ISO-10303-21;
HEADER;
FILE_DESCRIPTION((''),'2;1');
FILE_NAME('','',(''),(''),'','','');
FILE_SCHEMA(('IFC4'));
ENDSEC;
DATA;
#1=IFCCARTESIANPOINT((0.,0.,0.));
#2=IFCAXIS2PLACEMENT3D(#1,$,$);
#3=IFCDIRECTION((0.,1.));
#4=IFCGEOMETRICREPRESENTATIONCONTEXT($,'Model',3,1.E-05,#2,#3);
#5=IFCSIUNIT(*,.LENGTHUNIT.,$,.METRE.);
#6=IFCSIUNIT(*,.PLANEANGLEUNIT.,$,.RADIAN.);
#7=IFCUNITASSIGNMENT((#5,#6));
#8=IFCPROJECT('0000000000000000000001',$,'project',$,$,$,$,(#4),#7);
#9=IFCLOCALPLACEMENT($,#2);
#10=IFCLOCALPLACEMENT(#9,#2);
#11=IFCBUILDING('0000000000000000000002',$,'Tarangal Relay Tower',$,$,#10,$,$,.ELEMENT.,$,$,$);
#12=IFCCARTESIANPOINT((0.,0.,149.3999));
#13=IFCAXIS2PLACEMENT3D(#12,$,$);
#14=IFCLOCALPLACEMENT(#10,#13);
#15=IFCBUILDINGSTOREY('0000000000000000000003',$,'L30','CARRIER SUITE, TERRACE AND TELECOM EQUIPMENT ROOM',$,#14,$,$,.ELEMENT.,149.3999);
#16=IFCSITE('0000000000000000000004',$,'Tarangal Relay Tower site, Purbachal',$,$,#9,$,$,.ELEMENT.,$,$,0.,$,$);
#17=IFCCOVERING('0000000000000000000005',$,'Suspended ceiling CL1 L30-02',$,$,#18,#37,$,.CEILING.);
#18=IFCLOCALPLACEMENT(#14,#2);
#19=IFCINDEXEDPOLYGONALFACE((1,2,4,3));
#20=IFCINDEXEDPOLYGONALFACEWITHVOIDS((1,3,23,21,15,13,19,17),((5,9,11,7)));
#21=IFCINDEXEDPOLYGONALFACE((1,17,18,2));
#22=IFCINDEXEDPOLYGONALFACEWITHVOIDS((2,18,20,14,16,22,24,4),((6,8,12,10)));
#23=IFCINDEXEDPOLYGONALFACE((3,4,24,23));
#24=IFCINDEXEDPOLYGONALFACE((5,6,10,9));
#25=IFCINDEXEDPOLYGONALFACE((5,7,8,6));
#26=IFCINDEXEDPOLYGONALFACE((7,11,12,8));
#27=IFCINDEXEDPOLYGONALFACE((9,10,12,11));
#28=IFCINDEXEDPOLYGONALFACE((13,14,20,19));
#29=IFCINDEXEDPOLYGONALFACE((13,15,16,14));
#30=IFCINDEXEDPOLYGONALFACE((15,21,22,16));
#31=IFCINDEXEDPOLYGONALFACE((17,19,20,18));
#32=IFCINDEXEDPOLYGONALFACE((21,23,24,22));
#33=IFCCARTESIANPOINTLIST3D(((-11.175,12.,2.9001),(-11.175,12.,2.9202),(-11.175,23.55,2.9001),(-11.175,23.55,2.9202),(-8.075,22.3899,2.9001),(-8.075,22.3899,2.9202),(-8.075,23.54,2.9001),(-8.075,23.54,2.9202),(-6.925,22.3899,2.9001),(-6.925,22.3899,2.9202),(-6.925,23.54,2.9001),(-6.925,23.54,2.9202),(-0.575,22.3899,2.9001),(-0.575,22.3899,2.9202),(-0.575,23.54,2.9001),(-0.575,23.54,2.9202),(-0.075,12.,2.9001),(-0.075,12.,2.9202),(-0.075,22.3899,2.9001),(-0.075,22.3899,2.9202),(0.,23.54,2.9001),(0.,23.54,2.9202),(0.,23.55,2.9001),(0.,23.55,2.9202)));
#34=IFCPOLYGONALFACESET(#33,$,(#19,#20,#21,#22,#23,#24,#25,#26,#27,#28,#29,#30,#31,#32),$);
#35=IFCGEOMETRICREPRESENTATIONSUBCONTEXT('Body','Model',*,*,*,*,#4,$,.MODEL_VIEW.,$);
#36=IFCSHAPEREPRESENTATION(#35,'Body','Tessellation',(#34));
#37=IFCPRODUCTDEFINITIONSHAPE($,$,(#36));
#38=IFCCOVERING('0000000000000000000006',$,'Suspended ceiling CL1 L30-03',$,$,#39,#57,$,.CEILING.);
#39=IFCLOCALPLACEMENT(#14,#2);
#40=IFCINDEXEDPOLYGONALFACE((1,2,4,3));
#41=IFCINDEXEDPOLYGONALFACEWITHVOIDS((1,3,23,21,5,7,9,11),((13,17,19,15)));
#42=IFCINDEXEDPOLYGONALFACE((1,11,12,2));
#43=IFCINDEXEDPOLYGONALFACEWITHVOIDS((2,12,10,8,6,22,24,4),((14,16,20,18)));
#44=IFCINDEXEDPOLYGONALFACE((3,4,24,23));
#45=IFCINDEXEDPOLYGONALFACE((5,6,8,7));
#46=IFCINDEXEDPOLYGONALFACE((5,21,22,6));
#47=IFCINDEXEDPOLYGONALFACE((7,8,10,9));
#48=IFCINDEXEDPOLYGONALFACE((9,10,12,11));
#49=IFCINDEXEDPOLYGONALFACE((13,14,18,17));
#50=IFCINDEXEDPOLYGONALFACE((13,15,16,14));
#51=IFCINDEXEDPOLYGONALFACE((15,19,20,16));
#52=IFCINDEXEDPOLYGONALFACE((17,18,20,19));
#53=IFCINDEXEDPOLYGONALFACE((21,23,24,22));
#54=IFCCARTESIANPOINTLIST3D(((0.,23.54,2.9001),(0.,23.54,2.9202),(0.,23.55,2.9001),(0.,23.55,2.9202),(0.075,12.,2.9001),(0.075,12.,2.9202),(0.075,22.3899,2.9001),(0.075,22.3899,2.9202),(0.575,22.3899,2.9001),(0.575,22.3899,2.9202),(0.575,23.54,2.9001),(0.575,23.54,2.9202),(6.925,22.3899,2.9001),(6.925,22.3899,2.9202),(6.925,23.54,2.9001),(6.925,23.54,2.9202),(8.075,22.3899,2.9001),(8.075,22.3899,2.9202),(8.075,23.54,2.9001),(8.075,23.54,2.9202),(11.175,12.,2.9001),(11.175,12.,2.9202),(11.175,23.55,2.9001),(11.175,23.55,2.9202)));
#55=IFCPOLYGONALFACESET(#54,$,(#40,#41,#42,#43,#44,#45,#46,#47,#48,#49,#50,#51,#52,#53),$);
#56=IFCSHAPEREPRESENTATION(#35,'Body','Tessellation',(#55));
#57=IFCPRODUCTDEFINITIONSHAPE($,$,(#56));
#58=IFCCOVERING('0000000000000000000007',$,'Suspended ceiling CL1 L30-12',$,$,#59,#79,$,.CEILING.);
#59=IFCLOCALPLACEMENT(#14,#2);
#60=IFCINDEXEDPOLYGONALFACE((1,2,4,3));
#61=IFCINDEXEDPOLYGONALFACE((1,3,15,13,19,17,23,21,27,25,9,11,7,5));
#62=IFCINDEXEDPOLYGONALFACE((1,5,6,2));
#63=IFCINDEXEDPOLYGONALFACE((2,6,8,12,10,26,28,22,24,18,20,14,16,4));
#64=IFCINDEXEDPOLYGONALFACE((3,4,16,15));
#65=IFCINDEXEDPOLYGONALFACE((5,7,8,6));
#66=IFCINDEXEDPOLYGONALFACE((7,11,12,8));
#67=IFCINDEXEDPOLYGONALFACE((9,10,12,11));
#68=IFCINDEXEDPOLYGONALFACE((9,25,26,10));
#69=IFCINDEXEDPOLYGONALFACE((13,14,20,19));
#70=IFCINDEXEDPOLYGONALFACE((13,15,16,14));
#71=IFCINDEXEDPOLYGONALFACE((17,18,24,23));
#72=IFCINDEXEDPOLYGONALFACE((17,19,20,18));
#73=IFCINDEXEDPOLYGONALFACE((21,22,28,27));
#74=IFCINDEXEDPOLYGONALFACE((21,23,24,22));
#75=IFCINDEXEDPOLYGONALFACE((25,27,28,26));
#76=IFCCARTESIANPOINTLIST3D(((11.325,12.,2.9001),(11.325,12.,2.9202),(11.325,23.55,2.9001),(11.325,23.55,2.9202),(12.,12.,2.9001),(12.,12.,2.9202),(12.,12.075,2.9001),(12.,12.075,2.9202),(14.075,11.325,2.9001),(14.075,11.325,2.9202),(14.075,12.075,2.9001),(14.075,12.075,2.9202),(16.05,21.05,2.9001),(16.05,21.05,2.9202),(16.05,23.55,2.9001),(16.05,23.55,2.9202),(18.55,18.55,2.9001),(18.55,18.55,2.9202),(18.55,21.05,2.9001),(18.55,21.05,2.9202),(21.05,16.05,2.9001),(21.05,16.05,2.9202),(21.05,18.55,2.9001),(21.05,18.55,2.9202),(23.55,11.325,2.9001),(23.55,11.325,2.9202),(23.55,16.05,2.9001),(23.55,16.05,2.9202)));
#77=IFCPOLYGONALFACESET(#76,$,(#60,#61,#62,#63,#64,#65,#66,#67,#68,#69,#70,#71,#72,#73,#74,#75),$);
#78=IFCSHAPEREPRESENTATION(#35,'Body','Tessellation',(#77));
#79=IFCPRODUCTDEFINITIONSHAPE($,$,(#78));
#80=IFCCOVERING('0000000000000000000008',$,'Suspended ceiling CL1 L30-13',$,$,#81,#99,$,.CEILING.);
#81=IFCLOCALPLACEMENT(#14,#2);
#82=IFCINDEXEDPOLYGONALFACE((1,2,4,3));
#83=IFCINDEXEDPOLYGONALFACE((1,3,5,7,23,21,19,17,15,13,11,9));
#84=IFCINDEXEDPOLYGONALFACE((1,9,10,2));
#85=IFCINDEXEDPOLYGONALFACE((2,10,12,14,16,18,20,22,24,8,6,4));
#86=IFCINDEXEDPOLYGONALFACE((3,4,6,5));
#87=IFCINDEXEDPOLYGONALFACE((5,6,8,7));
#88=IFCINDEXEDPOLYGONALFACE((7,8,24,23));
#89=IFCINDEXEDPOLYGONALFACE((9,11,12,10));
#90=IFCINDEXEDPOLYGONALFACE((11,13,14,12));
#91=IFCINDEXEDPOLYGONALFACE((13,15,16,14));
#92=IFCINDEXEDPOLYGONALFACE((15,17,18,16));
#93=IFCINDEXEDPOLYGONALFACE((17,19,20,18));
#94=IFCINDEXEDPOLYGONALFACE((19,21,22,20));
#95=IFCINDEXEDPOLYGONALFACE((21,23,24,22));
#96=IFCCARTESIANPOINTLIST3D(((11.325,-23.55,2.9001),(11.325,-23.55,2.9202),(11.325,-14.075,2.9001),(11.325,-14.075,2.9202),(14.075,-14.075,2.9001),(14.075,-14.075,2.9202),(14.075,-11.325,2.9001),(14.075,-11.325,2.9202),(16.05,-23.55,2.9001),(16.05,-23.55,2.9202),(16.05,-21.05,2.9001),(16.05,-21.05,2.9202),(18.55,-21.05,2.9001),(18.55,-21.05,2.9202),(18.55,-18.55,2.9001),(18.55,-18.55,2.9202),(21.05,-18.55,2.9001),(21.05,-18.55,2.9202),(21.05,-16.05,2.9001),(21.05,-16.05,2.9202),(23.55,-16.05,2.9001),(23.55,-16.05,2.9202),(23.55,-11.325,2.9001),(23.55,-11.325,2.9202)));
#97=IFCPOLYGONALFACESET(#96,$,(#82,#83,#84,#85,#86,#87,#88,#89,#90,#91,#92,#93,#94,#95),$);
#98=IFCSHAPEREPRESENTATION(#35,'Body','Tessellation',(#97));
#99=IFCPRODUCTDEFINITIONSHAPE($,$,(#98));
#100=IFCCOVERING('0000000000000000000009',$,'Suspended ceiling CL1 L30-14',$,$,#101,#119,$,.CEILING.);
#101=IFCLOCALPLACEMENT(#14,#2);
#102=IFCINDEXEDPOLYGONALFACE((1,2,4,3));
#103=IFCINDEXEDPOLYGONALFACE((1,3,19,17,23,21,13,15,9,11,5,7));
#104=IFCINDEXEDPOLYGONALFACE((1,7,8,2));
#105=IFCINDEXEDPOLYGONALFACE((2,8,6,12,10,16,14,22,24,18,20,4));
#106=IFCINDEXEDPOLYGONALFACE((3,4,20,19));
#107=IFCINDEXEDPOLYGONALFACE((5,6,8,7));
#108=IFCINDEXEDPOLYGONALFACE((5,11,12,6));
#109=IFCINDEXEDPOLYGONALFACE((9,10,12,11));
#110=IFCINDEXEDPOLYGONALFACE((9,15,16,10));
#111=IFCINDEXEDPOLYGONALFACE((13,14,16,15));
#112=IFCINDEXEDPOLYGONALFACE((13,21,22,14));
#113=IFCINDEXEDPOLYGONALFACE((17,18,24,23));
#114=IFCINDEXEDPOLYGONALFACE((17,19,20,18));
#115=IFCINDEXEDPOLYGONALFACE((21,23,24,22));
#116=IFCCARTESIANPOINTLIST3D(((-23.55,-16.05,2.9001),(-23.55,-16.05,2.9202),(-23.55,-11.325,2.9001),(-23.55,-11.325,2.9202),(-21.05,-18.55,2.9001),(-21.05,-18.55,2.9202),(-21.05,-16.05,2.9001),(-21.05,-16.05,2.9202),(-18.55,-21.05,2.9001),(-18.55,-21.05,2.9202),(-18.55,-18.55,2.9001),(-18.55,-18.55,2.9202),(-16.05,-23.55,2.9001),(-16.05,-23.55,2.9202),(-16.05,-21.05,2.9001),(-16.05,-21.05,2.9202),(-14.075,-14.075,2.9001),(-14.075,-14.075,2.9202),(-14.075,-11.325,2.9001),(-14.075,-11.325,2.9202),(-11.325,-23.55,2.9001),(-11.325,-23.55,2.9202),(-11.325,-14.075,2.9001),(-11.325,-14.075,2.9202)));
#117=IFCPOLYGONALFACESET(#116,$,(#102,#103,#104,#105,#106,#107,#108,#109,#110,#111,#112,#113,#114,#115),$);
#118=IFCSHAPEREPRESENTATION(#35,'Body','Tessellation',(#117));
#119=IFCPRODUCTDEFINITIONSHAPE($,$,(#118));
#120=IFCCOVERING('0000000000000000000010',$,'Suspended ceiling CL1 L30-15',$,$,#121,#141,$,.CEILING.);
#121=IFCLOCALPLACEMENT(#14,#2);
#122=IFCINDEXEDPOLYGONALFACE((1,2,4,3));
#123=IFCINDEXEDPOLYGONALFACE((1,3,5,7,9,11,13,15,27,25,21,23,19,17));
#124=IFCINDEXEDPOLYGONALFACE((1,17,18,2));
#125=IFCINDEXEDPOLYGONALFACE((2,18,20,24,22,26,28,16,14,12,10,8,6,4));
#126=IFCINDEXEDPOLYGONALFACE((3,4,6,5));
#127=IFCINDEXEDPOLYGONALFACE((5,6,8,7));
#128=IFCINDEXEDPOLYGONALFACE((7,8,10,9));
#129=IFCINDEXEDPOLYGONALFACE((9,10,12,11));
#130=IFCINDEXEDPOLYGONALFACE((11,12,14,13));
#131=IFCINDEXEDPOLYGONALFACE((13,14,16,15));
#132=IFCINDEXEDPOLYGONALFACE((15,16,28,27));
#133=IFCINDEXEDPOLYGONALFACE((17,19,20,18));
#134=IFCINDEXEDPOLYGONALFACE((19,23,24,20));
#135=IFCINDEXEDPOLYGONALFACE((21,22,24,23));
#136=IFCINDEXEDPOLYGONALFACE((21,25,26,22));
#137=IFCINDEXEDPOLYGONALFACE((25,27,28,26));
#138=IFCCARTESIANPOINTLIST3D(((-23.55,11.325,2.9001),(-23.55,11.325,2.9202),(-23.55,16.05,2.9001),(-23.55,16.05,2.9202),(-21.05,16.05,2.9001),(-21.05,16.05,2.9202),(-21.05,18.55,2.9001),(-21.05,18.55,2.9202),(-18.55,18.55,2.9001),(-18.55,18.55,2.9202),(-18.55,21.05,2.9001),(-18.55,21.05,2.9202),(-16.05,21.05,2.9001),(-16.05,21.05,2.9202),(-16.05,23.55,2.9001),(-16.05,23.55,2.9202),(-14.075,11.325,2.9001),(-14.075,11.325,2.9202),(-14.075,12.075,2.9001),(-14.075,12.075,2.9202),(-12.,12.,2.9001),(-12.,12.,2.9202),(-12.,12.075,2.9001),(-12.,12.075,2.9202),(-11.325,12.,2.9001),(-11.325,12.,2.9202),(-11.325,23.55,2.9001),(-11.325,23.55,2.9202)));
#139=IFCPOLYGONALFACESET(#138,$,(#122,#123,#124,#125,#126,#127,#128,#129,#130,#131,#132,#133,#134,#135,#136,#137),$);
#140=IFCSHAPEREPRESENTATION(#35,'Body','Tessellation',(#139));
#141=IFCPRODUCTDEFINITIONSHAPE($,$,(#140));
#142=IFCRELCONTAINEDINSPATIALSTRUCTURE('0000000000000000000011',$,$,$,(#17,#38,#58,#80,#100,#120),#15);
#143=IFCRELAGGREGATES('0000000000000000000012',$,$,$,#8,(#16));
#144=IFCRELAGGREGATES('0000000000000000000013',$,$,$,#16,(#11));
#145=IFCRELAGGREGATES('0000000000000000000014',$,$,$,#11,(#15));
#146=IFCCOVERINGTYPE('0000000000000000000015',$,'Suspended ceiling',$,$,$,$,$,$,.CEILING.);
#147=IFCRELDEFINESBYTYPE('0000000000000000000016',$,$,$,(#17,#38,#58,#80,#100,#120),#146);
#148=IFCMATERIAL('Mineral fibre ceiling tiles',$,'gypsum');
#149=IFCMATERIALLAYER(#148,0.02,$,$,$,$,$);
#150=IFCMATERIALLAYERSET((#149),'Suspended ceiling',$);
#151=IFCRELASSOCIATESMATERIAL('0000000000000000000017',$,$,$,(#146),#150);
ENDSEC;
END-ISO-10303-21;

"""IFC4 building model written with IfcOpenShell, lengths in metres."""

from ifc_helpers import new_model, si_unit, direction, frame, origin, place, context, subcontext, project, spatial, polyline, outline, extrude, material, layer, layer_set, type_object, element, save


model = new_model("IFC4")

# Units and contexts
model_context = context("Model", 3, precision=1e-05, world=origin(), true_north=direction((0.0, 1.0)))
body_context = subcontext(model_context, "Body", "Model", "MODEL_VIEW")
ifc_project = project(units=[si_unit("LENGTHUNIT", "METRE"), si_unit("PLANEANGLEUNIT", "RADIAN")], contexts=[model_context])

# Site, building, storey
site_placement = place(None, origin())
site = spatial("IfcSite", under=ifc_project, at=site_placement, Name="Tarangal Relay Tower site, Purbachal", CompositionType="ELEMENT", RefElevation=0.0)
building_placement = place(site_placement, origin())
building = spatial("IfcBuilding", under=site, at=building_placement, Name="Tarangal Relay Tower", CompositionType="ELEMENT")
storey_placement = place(building_placement, frame((0.0, 0.0, 149.3999)))
storey = spatial("IfcBuildingStorey", under=building, at=storey_placement, Name="L30", Description="CARRIER SUITE, TERRACE AND TELECOM EQUIPMENT ROOM", CompositionType="ELEMENT", Elevation=149.3999)

# Coverings
ifc_material_1 = material(Name="Mineral fibre ceiling tiles", Category="gypsum")
ifc_layer_1 = layer(ifc_material_1, 0.02)
ifc_layer_set_1 = layer_set([ifc_layer_1], Name="Suspended ceiling")
covering_type_1 = type_object("IfcCoveringType", Name="Suspended ceiling", PredefinedType="CEILING", material=ifc_layer_set_1)
covering_1_placement = place(storey_placement, frame((0.0, 0.0, 2.9001)))
element("IfcCovering", 1, at=covering_1_placement, inside=storey, type_object=covering_type_1, Name="Suspended ceiling CL1 L30-02", PredefinedType="CEILING", context=body_context, shape_type="SweptSolid", body=[
    extrude(outline(polyline([(-0.075, 22.3899), (-0.575, 22.3899), (-0.575, 23.54), (0.0, 23.54), (0.0, 23.55), (-11.175, 23.55), (-11.175, 12.0), (-0.075, 12.0), (-0.075, 22.3899)]), holes=[polyline([(-6.925, 22.3899), (-6.925, 23.54), (-8.075, 23.54), (-8.075, 22.3899), (-6.925, 22.3899)])]), origin(), (0.0, 0.0, 1.0), 0.02),
])
covering_2_placement = place(storey_placement, frame((0.0, 0.0, 2.9001)))
element("IfcCovering", 2, at=covering_2_placement, inside=storey, type_object=covering_type_1, Name="Suspended ceiling CL1 L30-03", PredefinedType="CEILING", context=body_context, shape_type="SweptSolid", body=[
    extrude(outline(polyline([(0.075, 12.0), (11.175, 12.0), (11.175, 23.55), (0.0, 23.55), (0.0, 23.54), (0.575, 23.54), (0.575, 22.3899), (0.075, 22.3899), (0.075, 12.0)]), holes=[polyline([(8.075, 22.3899), (8.075, 23.54), (6.925, 23.54), (6.925, 22.3899), (8.075, 22.3899)])]), origin(), (0.0, 0.0, 1.0), 0.02),
])
covering_3_placement = place(storey_placement, frame((0.0, 0.0, 2.9001)))
element("IfcCovering", 3, at=covering_3_placement, inside=storey, type_object=covering_type_1, Name="Suspended ceiling CL1 L30-12", PredefinedType="CEILING", context=body_context, shape_type="SweptSolid", body=[
    extrude(outline(polyline([(11.325, 23.55), (11.325, 12.0), (12.0, 12.0), (12.0, 12.075), (14.075, 12.075), (14.075, 11.325), (23.55, 11.325), (23.55, 16.05), (21.05, 16.05), (21.05, 18.55), (18.55, 18.55), (18.55, 21.05), (16.05, 21.05), (16.05, 23.55), (11.325, 23.55)])), origin(), (0.0, 0.0, 1.0), 0.02),
])
covering_4_placement = place(storey_placement, frame((0.0, 0.0, 2.9001)))
element("IfcCovering", 4, at=covering_4_placement, inside=storey, type_object=covering_type_1, Name="Suspended ceiling CL1 L30-13", PredefinedType="CEILING", context=body_context, shape_type="SweptSolid", body=[
    extrude(outline(polyline([(23.55, -16.05), (23.55, -11.325), (14.075, -11.325), (14.075, -14.075), (11.325, -14.075), (11.325, -23.55), (16.05, -23.55), (16.05, -21.05), (18.55, -21.05), (18.55, -18.55), (21.05, -18.55), (21.05, -16.05), (23.55, -16.05)])), origin(), (0.0, 0.0, 1.0), 0.02),
])
covering_5_placement = place(storey_placement, frame((0.0, 0.0, 2.9001)))
element("IfcCovering", 5, at=covering_5_placement, inside=storey, type_object=covering_type_1, Name="Suspended ceiling CL1 L30-14", PredefinedType="CEILING", context=body_context, shape_type="SweptSolid", body=[
    extrude(outline(polyline([(-16.05, -21.05), (-16.05, -23.55), (-11.325, -23.55), (-11.325, -14.075), (-14.075, -14.075), (-14.075, -11.325), (-23.55, -11.325), (-23.55, -16.05), (-21.05, -16.05), (-21.05, -18.55), (-18.55, -18.55), (-18.55, -21.05), (-16.05, -21.05)])), origin(), (0.0, 0.0, 1.0), 0.02),
])
covering_6_placement = place(storey_placement, frame((0.0, 0.0, 2.9001)))
element("IfcCovering", 6, at=covering_6_placement, inside=storey, type_object=covering_type_1, Name="Suspended ceiling CL1 L30-15", PredefinedType="CEILING", context=body_context, shape_type="SweptSolid", body=[
    extrude(outline(polyline([(-21.05, 16.05), (-23.55, 16.05), (-23.55, 11.325), (-14.075, 11.325), (-14.075, 12.075), (-12.0, 12.075), (-12.0, 12.0), (-11.325, 12.0), (-11.325, 23.55), (-16.05, 23.55), (-16.05, 21.05), (-18.55, 21.05), (-18.55, 18.55), (-21.05, 18.55), (-21.05, 16.05)])), origin(), (0.0, 0.0, 1.0), 0.02),
])

save(model, "model.ifc")
